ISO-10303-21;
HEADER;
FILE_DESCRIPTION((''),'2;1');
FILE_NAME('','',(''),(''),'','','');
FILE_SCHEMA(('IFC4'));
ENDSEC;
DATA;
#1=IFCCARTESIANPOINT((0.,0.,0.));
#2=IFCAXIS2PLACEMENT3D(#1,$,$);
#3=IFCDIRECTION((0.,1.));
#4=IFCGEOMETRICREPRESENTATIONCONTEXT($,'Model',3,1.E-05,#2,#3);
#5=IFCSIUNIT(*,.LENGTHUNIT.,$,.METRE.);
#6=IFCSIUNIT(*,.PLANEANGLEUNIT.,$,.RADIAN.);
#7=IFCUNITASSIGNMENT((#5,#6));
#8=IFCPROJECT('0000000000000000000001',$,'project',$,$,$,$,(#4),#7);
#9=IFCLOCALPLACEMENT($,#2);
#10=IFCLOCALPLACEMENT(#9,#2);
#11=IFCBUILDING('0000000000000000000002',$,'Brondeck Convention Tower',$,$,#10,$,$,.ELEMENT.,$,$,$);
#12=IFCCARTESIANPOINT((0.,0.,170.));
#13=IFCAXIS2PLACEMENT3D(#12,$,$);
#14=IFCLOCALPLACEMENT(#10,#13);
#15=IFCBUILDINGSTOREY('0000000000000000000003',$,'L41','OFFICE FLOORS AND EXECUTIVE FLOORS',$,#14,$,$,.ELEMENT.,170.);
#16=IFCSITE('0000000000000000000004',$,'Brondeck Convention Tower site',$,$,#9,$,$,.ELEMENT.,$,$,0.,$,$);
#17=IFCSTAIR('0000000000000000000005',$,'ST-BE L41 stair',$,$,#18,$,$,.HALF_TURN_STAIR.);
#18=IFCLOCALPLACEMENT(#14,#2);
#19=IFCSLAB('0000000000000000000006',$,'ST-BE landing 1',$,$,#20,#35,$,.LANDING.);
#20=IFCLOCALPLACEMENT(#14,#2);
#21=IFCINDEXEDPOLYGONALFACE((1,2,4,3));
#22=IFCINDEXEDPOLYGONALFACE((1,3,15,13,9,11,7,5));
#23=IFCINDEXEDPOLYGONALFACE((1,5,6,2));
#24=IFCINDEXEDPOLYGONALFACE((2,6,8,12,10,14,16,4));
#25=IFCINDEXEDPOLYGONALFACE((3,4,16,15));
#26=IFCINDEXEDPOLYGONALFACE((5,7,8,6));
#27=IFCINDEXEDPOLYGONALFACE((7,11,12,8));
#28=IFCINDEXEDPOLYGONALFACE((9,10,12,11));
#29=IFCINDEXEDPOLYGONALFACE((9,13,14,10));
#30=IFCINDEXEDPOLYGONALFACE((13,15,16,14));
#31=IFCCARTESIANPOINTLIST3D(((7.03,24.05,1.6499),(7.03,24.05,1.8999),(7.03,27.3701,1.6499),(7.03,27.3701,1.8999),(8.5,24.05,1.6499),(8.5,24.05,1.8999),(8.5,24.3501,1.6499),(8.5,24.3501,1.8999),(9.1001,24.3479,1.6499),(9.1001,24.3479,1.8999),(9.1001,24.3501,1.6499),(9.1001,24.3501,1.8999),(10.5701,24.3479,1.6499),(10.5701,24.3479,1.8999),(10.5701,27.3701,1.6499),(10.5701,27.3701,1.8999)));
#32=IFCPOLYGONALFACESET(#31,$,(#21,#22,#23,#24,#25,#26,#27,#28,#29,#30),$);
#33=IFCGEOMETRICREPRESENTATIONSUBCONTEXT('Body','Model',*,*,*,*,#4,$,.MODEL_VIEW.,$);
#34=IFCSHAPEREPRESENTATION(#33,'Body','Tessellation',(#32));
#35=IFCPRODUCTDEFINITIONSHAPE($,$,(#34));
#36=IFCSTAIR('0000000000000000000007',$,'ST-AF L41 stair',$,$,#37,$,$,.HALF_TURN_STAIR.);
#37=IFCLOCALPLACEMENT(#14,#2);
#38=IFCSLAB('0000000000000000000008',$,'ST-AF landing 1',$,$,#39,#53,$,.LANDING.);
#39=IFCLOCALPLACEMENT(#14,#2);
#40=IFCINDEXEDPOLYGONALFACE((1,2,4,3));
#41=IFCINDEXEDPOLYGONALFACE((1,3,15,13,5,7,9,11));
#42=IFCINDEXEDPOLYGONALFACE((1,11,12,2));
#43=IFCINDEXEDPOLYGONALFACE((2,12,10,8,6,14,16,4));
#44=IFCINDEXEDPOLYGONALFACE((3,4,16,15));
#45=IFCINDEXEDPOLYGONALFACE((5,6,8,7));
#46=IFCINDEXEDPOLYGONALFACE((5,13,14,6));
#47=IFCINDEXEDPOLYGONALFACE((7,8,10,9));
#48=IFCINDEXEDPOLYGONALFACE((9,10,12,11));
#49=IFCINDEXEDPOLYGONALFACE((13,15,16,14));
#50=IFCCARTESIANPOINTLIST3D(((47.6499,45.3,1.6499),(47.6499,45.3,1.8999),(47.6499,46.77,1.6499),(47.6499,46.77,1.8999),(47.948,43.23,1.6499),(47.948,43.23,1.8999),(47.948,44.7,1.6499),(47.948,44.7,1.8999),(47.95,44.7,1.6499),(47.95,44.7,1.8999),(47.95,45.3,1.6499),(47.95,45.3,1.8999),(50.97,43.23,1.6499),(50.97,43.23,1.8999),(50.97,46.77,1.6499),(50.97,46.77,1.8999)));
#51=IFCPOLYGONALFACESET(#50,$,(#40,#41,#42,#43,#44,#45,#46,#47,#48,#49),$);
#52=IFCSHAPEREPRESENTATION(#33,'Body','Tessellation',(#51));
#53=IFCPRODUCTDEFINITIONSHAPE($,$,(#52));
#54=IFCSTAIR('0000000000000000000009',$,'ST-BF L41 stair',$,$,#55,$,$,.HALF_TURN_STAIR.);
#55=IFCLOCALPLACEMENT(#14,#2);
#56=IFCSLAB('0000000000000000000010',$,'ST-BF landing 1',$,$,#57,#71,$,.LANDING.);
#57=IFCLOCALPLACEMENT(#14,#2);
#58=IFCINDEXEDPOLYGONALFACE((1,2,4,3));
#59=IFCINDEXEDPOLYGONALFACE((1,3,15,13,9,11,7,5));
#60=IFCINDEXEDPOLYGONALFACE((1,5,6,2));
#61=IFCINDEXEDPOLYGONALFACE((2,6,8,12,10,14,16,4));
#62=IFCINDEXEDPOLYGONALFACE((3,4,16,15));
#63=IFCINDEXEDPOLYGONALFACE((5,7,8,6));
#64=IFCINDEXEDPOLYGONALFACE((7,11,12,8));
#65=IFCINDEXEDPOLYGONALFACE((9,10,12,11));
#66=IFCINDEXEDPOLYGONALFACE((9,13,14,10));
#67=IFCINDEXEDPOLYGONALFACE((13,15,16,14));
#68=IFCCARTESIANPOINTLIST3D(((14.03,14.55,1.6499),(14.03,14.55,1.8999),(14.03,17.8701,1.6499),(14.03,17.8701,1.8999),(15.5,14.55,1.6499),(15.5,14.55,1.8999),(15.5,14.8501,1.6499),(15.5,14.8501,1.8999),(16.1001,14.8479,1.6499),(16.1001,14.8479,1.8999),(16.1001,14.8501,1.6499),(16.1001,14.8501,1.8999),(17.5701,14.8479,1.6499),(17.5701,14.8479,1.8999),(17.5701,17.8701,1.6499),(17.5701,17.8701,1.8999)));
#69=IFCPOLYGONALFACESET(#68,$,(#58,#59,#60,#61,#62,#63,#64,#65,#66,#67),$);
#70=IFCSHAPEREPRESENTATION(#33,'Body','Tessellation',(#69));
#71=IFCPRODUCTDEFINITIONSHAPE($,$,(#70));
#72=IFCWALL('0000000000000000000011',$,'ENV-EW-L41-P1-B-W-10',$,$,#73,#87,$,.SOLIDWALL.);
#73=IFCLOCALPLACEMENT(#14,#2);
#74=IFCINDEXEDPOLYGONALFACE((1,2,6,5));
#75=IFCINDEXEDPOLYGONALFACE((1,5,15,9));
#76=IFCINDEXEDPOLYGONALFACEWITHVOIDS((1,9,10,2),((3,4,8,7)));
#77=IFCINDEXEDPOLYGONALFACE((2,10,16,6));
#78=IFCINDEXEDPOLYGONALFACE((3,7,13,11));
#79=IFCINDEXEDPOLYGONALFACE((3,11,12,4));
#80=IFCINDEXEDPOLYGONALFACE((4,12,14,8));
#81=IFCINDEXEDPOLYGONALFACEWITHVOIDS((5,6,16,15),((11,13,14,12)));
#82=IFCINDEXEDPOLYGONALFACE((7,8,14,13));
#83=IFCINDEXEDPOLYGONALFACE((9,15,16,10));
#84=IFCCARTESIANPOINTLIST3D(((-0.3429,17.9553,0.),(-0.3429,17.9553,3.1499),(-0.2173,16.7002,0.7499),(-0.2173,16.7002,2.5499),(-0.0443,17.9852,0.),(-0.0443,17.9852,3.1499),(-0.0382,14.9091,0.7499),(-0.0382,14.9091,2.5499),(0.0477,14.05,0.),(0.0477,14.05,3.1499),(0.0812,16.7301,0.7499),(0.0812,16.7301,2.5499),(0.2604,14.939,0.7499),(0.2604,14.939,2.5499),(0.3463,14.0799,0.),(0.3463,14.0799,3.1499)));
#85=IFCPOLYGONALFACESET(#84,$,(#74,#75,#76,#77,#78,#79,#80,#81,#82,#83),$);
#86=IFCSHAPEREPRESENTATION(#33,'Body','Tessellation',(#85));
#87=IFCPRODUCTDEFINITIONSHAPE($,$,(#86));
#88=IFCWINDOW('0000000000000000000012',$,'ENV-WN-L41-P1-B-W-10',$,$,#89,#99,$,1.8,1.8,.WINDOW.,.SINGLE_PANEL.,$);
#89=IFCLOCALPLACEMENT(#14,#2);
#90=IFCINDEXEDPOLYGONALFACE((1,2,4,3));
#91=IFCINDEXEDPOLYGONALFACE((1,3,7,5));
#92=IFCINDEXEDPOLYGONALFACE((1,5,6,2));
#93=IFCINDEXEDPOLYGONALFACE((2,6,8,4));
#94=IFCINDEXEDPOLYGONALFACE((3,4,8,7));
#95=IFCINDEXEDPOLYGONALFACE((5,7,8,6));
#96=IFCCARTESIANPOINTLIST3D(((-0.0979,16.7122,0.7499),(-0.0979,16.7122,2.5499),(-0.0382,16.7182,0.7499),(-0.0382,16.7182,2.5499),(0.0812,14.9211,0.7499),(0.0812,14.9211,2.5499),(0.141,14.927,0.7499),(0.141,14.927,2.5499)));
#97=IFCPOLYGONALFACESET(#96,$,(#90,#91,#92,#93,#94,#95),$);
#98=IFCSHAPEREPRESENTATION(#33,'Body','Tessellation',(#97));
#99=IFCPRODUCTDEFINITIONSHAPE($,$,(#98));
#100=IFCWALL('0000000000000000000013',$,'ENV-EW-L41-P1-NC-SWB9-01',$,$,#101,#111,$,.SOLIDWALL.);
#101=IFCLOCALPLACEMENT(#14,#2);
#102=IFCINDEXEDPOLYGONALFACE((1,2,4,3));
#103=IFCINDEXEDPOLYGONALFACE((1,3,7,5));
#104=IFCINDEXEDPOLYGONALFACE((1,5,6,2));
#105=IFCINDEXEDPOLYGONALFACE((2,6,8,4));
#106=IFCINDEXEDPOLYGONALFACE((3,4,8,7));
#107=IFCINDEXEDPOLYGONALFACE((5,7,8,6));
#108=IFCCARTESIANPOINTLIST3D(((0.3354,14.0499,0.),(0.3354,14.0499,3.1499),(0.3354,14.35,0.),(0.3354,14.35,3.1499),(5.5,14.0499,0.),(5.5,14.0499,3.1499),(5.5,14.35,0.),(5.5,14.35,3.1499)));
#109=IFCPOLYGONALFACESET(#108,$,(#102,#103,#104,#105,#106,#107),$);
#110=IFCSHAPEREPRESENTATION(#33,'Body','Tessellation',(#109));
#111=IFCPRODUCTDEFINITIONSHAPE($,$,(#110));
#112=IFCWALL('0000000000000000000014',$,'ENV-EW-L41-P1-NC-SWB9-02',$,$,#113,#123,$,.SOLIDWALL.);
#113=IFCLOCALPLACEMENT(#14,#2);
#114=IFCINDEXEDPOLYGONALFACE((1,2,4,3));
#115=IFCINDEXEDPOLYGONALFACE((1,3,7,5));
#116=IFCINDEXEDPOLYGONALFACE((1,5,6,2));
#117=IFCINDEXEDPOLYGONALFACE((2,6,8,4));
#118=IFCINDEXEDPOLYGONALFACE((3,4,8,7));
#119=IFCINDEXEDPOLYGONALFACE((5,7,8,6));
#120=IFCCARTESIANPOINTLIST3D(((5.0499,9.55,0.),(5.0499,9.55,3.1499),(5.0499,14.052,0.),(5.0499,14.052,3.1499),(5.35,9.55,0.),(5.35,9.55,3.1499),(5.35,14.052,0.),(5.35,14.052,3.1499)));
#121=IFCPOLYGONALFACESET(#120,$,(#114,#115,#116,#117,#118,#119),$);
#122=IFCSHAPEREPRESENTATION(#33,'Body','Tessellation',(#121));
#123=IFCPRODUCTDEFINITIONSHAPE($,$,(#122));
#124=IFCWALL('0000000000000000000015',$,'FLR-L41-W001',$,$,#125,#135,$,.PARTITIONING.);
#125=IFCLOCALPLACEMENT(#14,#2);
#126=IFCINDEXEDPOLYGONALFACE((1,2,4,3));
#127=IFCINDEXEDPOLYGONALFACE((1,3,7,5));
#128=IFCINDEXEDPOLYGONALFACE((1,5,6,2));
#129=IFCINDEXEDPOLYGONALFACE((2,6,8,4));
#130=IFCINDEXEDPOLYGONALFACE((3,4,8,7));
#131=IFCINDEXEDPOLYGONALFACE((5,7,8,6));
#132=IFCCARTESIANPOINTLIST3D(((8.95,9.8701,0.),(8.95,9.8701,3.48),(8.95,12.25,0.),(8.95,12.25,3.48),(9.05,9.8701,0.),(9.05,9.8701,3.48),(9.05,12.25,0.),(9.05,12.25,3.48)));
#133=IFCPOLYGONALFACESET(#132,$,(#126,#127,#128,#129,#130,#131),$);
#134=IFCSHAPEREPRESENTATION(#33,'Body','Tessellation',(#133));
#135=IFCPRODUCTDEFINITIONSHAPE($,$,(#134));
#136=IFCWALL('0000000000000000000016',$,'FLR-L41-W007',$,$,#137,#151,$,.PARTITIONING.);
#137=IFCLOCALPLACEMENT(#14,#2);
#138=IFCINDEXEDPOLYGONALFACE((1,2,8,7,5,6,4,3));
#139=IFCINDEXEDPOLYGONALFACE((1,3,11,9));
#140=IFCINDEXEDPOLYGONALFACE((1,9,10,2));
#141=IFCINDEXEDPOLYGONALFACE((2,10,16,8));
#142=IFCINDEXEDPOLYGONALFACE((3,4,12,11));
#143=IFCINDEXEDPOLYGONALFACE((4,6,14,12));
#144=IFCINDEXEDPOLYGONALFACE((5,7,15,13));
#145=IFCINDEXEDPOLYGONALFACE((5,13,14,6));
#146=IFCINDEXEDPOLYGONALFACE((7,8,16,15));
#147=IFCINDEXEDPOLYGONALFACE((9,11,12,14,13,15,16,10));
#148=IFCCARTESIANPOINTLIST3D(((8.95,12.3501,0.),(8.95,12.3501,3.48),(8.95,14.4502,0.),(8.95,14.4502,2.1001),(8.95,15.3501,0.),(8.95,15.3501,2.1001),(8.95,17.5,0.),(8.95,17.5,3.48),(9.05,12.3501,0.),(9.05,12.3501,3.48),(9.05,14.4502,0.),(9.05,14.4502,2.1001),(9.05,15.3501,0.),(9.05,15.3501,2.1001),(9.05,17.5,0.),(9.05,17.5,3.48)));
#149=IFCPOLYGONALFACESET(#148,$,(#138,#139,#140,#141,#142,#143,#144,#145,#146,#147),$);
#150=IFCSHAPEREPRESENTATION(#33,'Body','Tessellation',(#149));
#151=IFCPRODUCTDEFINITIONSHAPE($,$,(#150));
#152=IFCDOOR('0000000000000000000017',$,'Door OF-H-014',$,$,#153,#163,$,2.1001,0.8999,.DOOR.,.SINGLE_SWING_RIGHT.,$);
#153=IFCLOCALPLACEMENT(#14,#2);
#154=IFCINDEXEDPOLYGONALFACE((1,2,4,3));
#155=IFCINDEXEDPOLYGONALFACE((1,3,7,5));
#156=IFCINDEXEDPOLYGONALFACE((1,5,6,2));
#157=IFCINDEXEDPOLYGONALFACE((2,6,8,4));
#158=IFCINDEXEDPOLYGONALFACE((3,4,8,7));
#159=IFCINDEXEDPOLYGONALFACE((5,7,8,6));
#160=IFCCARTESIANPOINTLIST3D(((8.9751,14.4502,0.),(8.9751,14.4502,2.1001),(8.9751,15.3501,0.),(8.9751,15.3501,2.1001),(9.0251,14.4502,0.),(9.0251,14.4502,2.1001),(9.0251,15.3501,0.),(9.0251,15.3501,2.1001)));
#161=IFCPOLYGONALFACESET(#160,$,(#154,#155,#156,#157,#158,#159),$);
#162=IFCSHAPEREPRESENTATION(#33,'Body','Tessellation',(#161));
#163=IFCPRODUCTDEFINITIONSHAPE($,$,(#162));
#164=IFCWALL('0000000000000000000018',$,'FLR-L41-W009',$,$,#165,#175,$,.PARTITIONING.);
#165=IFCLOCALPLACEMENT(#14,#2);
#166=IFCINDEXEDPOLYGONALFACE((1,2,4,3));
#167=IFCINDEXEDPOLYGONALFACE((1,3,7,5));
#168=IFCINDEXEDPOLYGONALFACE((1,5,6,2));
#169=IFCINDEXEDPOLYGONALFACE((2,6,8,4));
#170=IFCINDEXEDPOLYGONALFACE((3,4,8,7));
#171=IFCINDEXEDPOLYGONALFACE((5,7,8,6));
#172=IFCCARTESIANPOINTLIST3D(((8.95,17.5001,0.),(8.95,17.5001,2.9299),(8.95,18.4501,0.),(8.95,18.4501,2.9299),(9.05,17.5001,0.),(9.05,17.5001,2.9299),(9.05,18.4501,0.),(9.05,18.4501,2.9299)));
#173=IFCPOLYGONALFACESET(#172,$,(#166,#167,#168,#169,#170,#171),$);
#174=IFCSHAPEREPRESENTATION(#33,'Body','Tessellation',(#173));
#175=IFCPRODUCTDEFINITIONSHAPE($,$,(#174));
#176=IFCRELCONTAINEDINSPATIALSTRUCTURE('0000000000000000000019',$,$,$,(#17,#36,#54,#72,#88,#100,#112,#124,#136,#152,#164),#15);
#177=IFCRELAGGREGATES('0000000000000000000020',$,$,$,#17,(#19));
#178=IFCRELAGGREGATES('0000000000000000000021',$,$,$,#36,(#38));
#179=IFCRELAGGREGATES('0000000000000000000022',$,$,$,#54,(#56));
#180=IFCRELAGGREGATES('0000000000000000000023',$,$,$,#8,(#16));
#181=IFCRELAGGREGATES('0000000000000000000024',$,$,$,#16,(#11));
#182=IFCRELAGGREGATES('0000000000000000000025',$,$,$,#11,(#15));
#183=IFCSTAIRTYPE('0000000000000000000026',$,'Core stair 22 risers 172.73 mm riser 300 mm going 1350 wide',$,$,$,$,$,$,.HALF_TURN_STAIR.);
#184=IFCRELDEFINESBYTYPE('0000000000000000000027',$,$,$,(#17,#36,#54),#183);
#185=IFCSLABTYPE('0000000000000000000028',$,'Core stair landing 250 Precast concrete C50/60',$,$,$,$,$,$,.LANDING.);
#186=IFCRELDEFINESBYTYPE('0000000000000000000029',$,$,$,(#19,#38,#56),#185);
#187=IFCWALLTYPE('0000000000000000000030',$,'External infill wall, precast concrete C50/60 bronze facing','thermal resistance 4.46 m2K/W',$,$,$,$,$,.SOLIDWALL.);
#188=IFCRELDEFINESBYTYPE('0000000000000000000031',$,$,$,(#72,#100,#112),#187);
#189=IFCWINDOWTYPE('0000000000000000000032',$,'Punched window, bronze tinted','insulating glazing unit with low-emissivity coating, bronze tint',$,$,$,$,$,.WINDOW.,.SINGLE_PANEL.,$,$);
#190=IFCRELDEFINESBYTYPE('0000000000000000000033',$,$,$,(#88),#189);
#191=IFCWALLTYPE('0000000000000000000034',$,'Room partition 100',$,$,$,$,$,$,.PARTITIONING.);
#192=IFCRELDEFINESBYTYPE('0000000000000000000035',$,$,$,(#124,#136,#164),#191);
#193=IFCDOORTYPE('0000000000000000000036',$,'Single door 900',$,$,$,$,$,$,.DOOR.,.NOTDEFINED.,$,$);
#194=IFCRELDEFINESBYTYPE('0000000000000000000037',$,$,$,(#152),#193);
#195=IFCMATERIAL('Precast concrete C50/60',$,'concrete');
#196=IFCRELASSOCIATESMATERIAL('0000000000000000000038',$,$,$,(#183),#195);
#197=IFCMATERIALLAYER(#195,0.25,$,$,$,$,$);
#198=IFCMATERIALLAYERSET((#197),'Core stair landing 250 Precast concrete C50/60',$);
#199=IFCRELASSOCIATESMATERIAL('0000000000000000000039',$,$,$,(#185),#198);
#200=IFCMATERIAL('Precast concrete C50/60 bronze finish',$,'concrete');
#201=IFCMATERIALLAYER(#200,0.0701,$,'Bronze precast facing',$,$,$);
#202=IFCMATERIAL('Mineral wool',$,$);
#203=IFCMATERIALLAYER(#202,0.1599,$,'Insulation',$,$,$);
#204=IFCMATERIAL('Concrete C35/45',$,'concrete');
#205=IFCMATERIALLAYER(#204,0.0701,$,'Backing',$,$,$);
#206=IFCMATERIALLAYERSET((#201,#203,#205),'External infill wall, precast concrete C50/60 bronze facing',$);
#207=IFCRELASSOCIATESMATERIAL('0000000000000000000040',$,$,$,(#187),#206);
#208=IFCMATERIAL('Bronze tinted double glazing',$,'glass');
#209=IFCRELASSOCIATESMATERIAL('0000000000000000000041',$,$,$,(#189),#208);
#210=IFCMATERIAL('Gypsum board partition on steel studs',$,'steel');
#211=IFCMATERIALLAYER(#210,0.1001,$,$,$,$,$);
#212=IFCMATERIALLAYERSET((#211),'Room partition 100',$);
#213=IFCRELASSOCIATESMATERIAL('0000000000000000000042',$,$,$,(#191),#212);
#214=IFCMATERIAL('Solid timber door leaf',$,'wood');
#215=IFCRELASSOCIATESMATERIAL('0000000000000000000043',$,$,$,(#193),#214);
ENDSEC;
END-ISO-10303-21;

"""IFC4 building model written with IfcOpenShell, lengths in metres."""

from ifc_helpers import new_model, si_unit, direction, frame, frame_2d, origin, place, context, subcontext, project, spatial, polyline, rectangle, outline, extrude, material, layer, layer_set, type_object, element, fill, aggregate, save


model = new_model("IFC4")

# Units and contexts
model_context = context("Model", 3, precision=1e-05, world=origin(), true_north=direction((0.0, 1.0)))
body_context = subcontext(model_context, "Body", "Model", "MODEL_VIEW")
ifc_project = project(units=[si_unit("LENGTHUNIT", "METRE"), si_unit("PLANEANGLEUNIT", "RADIAN")], contexts=[model_context])

# Site, building, storey
site_placement = place(None, origin())
site = spatial("IfcSite", under=ifc_project, at=site_placement, Name="Brondeck Convention Tower site", CompositionType="ELEMENT", RefElevation=0.0)
building_placement = place(site_placement, origin())
building = spatial("IfcBuilding", under=site, at=building_placement, Name="Brondeck Convention Tower", CompositionType="ELEMENT")
storey_placement = place(building_placement, frame((0.0, 0.0, 170.0)))
storey = spatial("IfcBuildingStorey", under=building, at=storey_placement, Name="L41", Description="OFFICE FLOORS AND EXECUTIVE FLOORS", CompositionType="ELEMENT", Elevation=170.0)

# Shared definitions
ifc_material_1 = material(Name="Concrete C35/45", Category="concrete")

# Stairs, slabs
ifc_material_2 = material(Name="Precast concrete C50/60", Category="concrete")
stair_type = type_object("IfcStairType", Name="Core stair 22 risers 172.73 mm riser 300 mm going 1350 wide", PredefinedType="HALF_TURN_STAIR", material=ifc_material_2)
ifc_layer_1 = layer(ifc_material_2, 0.25)
ifc_layer_set_1 = layer_set([ifc_layer_1], Name="Core stair landing 250 Precast concrete C50/60")
slab_type_1 = type_object("IfcSlabType", Name="Core stair landing 250 Precast concrete C50/60", PredefinedType="LANDING", material=ifc_layer_set_1)
stair_1_placement = place(storey_placement, origin())
stair_1 = element("IfcStair", 1, at=stair_1_placement, inside=storey, type_object=stair_type, Name="ST-BE L41 stair", PredefinedType="HALF_TURN_STAIR")
slab_1_placement = place(storey_placement, frame((0.0, 0.0, 1.6499)))
slab_1 = element("IfcSlab", 2, at=slab_1_placement, type_object=slab_type_1, Name="ST-BE landing 1", PredefinedType="LANDING", context=body_context, shape_type="SweptSolid", body=[
    extrude(outline(polyline([(7.03, 24.05), (7.03, 27.3701), (10.5701, 27.3701), (10.5701, 24.3479), (9.1001, 24.3479), (9.1001, 24.3501), (8.5, 24.3501), (8.5, 24.05), (7.03, 24.05)])), origin(), (0.0, 0.0, 1.0), 0.25),
])
aggregate(stair_1, [slab_1])
stair_2_placement = place(storey_placement, origin())
stair_2 = element("IfcStair", 3, at=stair_2_placement, inside=storey, type_object=stair_type, Name="ST-AF L41 stair", PredefinedType="HALF_TURN_STAIR")
slab_2_placement = place(storey_placement, frame((0.0, 0.0, 1.6499)))
slab_2 = element("IfcSlab", 4, at=slab_2_placement, type_object=slab_type_1, Name="ST-AF landing 1", PredefinedType="LANDING", context=body_context, shape_type="SweptSolid", body=[
    extrude(outline(polyline([(47.948, 44.7), (47.95, 44.7), (47.95, 45.3), (47.6499, 45.3), (47.6499, 46.77), (50.97, 46.77), (50.97, 43.23), (47.948, 43.23), (47.948, 44.7)])), origin(), (0.0, 0.0, 1.0), 0.25),
])
aggregate(stair_2, [slab_2])
stair_3_placement = place(storey_placement, origin())
stair_3 = element("IfcStair", 5, at=stair_3_placement, inside=storey, type_object=stair_type, Name="ST-BF L41 stair", PredefinedType="HALF_TURN_STAIR")
slab_3_placement = place(storey_placement, frame((0.0, 0.0, 1.6499)))
slab_3 = element("IfcSlab", 6, at=slab_3_placement, type_object=slab_type_1, Name="ST-BF landing 1", PredefinedType="LANDING", context=body_context, shape_type="SweptSolid", body=[
    extrude(outline(polyline([(14.03, 14.55), (14.03, 17.8701), (17.5701, 17.8701), (17.5701, 14.8479), (16.1001, 14.8479), (16.1001, 14.8501), (15.5, 14.8501), (15.5, 14.55), (14.03, 14.55)])), origin(), (0.0, 0.0, 1.0), 0.25),
])
aggregate(stair_3, [slab_3])

# Wall, opening, window
ifc_material_3 = material(Name="Precast concrete C50/60 bronze finish", Category="concrete")
ifc_layer_2 = layer(ifc_material_3, 0.0701, Name="Bronze precast facing")
ifc_material_4 = material(Name="Mineral wool")
ifc_layer_3 = layer(ifc_material_4, 0.1599, Name="Insulation")
ifc_layer_4 = layer(ifc_material_1, 0.0701, Name="Backing")
ifc_layer_set_2 = layer_set([ifc_layer_2, ifc_layer_3, ifc_layer_4], Name="External infill wall, precast concrete C50/60 bronze facing")
wall_type_1 = type_object("IfcWallType", Name="External infill wall, precast concrete C50/60 bronze facing", Description="thermal resistance 4.46 m2K/W", PredefinedType="SOLIDWALL", material=ifc_layer_set_2)
wall_1_placement = place(storey_placement, frame((0.197, 14.0649, 0.0), z_axis=(0.0, 0.0, 1.0), x_axis=(-0.099528, 0.995035, 0.0)))
wall_1 = element("IfcWall", 7, at=wall_1_placement, inside=storey, type_object=wall_type_1, Name="ENV-EW-L41-P1-B-W-10", PredefinedType="SOLIDWALL", context=body_context, shape_type="SweptSolid", body=[
    extrude(rectangle(XDim=3.9248, YDim=0.3, at=frame_2d((1.9624, 0.0))), origin(), (0.0, 0.0, 1.0), 3.1499),
])
opening_1_placement = place(wall_1_placement, frame((0.8635, 0.0, 0.75)))
opening_1 = element("IfcOpeningElement", 8, at=opening_1_placement, cuts=wall_1, PredefinedType="OPENING", context=body_context, shape_type="SweptSolid", body=[
    extrude(rectangle(XDim=1.8, YDim=1.8, at=frame_2d((0.8999, 0.8999))), frame((0.0, 0.1599, 0.0), z_axis=(0.0, -1.0, 0.0), x_axis=(1.0, 0.0, 0.0)), (0.0, 0.0, 1.0), 0.3201),
])
ifc_material_5 = material(Name="Bronze tinted double glazing", Category="glass")
window_type = type_object("IfcWindowType", Name="Punched window, bronze tinted", Description="insulating glazing unit with low-emissivity coating, bronze tint", PartitioningType="SINGLE_PANEL", PredefinedType="WINDOW", material=ifc_material_5)
window_placement = place(opening_1_placement, origin())
window = element("IfcWindow", 9, at=window_placement, inside=storey, type_object=window_type, Name="ENV-WN-L41-P1-B-W-10", OverallHeight=1.8, OverallWidth=1.8, PartitioningType="SINGLE_PANEL", PredefinedType="WINDOW", context=body_context, shape_type="SweptSolid", body=[
    extrude(rectangle(XDim=1.8, YDim=1.8, at=frame_2d((0.8999, 0.8999))), frame((0.0, 0.03, 0.0), z_axis=(0.0, -1.0, 0.0), x_axis=(1.0, 0.0, 0.0)), (0.0, 0.0, 1.0), 0.0601),
])
fill(opening_1, window)

# Walls
wall_2_placement = place(storey_placement, frame((5.5, 14.2, 0.0), z_axis=(0.0, 0.0, 1.0), x_axis=(-1.0, 0.0, 0.0)))
element("IfcWall", 10, at=wall_2_placement, inside=storey, type_object=wall_type_1, Name="ENV-EW-L41-P1-NC-SWB9-01", PredefinedType="SOLIDWALL", context=body_context, shape_type="SweptSolid", body=[
    extrude(rectangle(XDim=5.1646, YDim=0.3, at=frame_2d((2.5823, 0.0))), origin(), (0.0, 0.0, 1.0), 3.1499),
])
wall_3_placement = place(storey_placement, frame((5.2, 9.55, 0.0), z_axis=(0.0, 0.0, 1.0), x_axis=(0.0, 1.0, 0.0)))
element("IfcWall", 11, at=wall_3_placement, inside=storey, type_object=wall_type_1, Name="ENV-EW-L41-P1-NC-SWB9-02", PredefinedType="SOLIDWALL", context=body_context, shape_type="SweptSolid", body=[
    extrude(rectangle(XDim=4.502, YDim=0.3, at=frame_2d((2.251, 0.0))), origin(), (0.0, 0.0, 1.0), 3.1499),
])
ifc_material_6 = material(Name="Gypsum board partition on steel studs", Category="steel")
ifc_layer_5 = layer(ifc_material_6, 0.1001)
ifc_layer_set_3 = layer_set([ifc_layer_5], Name="Room partition 100")
wall_type_2 = type_object("IfcWallType", Name="Room partition 100", PredefinedType="PARTITIONING", material=ifc_layer_set_3)
wall_4_placement = place(storey_placement, frame((9.0, 9.8701, 0.0), z_axis=(0.0, 0.0, 1.0), x_axis=(0.0, 1.0, 0.0)))
element("IfcWall", 12, at=wall_4_placement, inside=storey, type_object=wall_type_2, Name="FLR-L41-W001", PredefinedType="PARTITIONING", context=body_context, shape_type="SweptSolid", body=[
    extrude(rectangle(XDim=2.3799, YDim=0.1001, at=frame_2d((1.1899, 0.0))), origin(), (0.0, 0.0, 1.0), 3.48),
])

# Wall, opening, door
wall_5_placement = place(storey_placement, frame((9.0, 12.3501, 0.0), z_axis=(0.0, 0.0, 1.0), x_axis=(0.0, 1.0, 0.0)))
wall_5 = element("IfcWall", 13, at=wall_5_placement, inside=storey, type_object=wall_type_2, Name="FLR-L41-W007", PredefinedType="PARTITIONING", context=body_context, shape_type="SweptSolid", body=[
    extrude(rectangle(XDim=5.1499, YDim=0.1001, at=frame_2d((2.575, 0.0))), origin(), (0.0, 0.0, 1.0), 3.48),
])
opening_2_placement = place(wall_5_placement, frame((2.1001, 0.0, 0.0)))
opening_2 = element("IfcOpeningElement", 14, at=opening_2_placement, cuts=wall_5, PredefinedType="OPENING", context=body_context, shape_type="SweptSolid", body=[
    extrude(rectangle(XDim=0.8999, YDim=2.1001, at=frame_2d((0.45, 1.05))), frame((0.0, 0.0601, 0.0), z_axis=(0.0, -1.0, 0.0), x_axis=(1.0, 0.0, 0.0)), (0.0, 0.0, 1.0), 0.1201),
])
ifc_material_7 = material(Name="Solid timber door leaf", Category="wood")
door_type = type_object("IfcDoorType", Name="Single door 900", OperationType="NOTDEFINED", PredefinedType="DOOR", material=ifc_material_7)
door_placement = place(opening_2_placement, origin())
door = element("IfcDoor", 15, at=door_placement, inside=storey, type_object=door_type, Name="Door OF-H-014", OperationType="SINGLE_SWING_RIGHT", OverallHeight=2.1001, OverallWidth=0.8999, PredefinedType="DOOR", context=body_context, shape_type="SweptSolid", body=[
    extrude(rectangle(XDim=0.8999, YDim=2.1001, at=frame_2d((0.45, 1.05))), frame((0.0, 0.0249, 0.0), z_axis=(0.0, -1.0, 0.0), x_axis=(1.0, 0.0, 0.0)), (0.0, 0.0, 1.0), 0.05),
])
fill(opening_2, door)

# Wall
wall_6_placement = place(storey_placement, frame((9.0, 17.5, 0.0), z_axis=(0.0, 0.0, 1.0), x_axis=(0.0, 1.0, 0.0)))
element("IfcWall", 16, at=wall_6_placement, inside=storey, type_object=wall_type_2, Name="FLR-L41-W009", PredefinedType="PARTITIONING", context=body_context, shape_type="SweptSolid", body=[
    extrude(rectangle(XDim=0.95, YDim=0.1001, at=frame_2d((0.4751, 0.0))), origin(), (0.0, 0.0, 1.0), 2.9299),
])

save(model, "model.ifc")
